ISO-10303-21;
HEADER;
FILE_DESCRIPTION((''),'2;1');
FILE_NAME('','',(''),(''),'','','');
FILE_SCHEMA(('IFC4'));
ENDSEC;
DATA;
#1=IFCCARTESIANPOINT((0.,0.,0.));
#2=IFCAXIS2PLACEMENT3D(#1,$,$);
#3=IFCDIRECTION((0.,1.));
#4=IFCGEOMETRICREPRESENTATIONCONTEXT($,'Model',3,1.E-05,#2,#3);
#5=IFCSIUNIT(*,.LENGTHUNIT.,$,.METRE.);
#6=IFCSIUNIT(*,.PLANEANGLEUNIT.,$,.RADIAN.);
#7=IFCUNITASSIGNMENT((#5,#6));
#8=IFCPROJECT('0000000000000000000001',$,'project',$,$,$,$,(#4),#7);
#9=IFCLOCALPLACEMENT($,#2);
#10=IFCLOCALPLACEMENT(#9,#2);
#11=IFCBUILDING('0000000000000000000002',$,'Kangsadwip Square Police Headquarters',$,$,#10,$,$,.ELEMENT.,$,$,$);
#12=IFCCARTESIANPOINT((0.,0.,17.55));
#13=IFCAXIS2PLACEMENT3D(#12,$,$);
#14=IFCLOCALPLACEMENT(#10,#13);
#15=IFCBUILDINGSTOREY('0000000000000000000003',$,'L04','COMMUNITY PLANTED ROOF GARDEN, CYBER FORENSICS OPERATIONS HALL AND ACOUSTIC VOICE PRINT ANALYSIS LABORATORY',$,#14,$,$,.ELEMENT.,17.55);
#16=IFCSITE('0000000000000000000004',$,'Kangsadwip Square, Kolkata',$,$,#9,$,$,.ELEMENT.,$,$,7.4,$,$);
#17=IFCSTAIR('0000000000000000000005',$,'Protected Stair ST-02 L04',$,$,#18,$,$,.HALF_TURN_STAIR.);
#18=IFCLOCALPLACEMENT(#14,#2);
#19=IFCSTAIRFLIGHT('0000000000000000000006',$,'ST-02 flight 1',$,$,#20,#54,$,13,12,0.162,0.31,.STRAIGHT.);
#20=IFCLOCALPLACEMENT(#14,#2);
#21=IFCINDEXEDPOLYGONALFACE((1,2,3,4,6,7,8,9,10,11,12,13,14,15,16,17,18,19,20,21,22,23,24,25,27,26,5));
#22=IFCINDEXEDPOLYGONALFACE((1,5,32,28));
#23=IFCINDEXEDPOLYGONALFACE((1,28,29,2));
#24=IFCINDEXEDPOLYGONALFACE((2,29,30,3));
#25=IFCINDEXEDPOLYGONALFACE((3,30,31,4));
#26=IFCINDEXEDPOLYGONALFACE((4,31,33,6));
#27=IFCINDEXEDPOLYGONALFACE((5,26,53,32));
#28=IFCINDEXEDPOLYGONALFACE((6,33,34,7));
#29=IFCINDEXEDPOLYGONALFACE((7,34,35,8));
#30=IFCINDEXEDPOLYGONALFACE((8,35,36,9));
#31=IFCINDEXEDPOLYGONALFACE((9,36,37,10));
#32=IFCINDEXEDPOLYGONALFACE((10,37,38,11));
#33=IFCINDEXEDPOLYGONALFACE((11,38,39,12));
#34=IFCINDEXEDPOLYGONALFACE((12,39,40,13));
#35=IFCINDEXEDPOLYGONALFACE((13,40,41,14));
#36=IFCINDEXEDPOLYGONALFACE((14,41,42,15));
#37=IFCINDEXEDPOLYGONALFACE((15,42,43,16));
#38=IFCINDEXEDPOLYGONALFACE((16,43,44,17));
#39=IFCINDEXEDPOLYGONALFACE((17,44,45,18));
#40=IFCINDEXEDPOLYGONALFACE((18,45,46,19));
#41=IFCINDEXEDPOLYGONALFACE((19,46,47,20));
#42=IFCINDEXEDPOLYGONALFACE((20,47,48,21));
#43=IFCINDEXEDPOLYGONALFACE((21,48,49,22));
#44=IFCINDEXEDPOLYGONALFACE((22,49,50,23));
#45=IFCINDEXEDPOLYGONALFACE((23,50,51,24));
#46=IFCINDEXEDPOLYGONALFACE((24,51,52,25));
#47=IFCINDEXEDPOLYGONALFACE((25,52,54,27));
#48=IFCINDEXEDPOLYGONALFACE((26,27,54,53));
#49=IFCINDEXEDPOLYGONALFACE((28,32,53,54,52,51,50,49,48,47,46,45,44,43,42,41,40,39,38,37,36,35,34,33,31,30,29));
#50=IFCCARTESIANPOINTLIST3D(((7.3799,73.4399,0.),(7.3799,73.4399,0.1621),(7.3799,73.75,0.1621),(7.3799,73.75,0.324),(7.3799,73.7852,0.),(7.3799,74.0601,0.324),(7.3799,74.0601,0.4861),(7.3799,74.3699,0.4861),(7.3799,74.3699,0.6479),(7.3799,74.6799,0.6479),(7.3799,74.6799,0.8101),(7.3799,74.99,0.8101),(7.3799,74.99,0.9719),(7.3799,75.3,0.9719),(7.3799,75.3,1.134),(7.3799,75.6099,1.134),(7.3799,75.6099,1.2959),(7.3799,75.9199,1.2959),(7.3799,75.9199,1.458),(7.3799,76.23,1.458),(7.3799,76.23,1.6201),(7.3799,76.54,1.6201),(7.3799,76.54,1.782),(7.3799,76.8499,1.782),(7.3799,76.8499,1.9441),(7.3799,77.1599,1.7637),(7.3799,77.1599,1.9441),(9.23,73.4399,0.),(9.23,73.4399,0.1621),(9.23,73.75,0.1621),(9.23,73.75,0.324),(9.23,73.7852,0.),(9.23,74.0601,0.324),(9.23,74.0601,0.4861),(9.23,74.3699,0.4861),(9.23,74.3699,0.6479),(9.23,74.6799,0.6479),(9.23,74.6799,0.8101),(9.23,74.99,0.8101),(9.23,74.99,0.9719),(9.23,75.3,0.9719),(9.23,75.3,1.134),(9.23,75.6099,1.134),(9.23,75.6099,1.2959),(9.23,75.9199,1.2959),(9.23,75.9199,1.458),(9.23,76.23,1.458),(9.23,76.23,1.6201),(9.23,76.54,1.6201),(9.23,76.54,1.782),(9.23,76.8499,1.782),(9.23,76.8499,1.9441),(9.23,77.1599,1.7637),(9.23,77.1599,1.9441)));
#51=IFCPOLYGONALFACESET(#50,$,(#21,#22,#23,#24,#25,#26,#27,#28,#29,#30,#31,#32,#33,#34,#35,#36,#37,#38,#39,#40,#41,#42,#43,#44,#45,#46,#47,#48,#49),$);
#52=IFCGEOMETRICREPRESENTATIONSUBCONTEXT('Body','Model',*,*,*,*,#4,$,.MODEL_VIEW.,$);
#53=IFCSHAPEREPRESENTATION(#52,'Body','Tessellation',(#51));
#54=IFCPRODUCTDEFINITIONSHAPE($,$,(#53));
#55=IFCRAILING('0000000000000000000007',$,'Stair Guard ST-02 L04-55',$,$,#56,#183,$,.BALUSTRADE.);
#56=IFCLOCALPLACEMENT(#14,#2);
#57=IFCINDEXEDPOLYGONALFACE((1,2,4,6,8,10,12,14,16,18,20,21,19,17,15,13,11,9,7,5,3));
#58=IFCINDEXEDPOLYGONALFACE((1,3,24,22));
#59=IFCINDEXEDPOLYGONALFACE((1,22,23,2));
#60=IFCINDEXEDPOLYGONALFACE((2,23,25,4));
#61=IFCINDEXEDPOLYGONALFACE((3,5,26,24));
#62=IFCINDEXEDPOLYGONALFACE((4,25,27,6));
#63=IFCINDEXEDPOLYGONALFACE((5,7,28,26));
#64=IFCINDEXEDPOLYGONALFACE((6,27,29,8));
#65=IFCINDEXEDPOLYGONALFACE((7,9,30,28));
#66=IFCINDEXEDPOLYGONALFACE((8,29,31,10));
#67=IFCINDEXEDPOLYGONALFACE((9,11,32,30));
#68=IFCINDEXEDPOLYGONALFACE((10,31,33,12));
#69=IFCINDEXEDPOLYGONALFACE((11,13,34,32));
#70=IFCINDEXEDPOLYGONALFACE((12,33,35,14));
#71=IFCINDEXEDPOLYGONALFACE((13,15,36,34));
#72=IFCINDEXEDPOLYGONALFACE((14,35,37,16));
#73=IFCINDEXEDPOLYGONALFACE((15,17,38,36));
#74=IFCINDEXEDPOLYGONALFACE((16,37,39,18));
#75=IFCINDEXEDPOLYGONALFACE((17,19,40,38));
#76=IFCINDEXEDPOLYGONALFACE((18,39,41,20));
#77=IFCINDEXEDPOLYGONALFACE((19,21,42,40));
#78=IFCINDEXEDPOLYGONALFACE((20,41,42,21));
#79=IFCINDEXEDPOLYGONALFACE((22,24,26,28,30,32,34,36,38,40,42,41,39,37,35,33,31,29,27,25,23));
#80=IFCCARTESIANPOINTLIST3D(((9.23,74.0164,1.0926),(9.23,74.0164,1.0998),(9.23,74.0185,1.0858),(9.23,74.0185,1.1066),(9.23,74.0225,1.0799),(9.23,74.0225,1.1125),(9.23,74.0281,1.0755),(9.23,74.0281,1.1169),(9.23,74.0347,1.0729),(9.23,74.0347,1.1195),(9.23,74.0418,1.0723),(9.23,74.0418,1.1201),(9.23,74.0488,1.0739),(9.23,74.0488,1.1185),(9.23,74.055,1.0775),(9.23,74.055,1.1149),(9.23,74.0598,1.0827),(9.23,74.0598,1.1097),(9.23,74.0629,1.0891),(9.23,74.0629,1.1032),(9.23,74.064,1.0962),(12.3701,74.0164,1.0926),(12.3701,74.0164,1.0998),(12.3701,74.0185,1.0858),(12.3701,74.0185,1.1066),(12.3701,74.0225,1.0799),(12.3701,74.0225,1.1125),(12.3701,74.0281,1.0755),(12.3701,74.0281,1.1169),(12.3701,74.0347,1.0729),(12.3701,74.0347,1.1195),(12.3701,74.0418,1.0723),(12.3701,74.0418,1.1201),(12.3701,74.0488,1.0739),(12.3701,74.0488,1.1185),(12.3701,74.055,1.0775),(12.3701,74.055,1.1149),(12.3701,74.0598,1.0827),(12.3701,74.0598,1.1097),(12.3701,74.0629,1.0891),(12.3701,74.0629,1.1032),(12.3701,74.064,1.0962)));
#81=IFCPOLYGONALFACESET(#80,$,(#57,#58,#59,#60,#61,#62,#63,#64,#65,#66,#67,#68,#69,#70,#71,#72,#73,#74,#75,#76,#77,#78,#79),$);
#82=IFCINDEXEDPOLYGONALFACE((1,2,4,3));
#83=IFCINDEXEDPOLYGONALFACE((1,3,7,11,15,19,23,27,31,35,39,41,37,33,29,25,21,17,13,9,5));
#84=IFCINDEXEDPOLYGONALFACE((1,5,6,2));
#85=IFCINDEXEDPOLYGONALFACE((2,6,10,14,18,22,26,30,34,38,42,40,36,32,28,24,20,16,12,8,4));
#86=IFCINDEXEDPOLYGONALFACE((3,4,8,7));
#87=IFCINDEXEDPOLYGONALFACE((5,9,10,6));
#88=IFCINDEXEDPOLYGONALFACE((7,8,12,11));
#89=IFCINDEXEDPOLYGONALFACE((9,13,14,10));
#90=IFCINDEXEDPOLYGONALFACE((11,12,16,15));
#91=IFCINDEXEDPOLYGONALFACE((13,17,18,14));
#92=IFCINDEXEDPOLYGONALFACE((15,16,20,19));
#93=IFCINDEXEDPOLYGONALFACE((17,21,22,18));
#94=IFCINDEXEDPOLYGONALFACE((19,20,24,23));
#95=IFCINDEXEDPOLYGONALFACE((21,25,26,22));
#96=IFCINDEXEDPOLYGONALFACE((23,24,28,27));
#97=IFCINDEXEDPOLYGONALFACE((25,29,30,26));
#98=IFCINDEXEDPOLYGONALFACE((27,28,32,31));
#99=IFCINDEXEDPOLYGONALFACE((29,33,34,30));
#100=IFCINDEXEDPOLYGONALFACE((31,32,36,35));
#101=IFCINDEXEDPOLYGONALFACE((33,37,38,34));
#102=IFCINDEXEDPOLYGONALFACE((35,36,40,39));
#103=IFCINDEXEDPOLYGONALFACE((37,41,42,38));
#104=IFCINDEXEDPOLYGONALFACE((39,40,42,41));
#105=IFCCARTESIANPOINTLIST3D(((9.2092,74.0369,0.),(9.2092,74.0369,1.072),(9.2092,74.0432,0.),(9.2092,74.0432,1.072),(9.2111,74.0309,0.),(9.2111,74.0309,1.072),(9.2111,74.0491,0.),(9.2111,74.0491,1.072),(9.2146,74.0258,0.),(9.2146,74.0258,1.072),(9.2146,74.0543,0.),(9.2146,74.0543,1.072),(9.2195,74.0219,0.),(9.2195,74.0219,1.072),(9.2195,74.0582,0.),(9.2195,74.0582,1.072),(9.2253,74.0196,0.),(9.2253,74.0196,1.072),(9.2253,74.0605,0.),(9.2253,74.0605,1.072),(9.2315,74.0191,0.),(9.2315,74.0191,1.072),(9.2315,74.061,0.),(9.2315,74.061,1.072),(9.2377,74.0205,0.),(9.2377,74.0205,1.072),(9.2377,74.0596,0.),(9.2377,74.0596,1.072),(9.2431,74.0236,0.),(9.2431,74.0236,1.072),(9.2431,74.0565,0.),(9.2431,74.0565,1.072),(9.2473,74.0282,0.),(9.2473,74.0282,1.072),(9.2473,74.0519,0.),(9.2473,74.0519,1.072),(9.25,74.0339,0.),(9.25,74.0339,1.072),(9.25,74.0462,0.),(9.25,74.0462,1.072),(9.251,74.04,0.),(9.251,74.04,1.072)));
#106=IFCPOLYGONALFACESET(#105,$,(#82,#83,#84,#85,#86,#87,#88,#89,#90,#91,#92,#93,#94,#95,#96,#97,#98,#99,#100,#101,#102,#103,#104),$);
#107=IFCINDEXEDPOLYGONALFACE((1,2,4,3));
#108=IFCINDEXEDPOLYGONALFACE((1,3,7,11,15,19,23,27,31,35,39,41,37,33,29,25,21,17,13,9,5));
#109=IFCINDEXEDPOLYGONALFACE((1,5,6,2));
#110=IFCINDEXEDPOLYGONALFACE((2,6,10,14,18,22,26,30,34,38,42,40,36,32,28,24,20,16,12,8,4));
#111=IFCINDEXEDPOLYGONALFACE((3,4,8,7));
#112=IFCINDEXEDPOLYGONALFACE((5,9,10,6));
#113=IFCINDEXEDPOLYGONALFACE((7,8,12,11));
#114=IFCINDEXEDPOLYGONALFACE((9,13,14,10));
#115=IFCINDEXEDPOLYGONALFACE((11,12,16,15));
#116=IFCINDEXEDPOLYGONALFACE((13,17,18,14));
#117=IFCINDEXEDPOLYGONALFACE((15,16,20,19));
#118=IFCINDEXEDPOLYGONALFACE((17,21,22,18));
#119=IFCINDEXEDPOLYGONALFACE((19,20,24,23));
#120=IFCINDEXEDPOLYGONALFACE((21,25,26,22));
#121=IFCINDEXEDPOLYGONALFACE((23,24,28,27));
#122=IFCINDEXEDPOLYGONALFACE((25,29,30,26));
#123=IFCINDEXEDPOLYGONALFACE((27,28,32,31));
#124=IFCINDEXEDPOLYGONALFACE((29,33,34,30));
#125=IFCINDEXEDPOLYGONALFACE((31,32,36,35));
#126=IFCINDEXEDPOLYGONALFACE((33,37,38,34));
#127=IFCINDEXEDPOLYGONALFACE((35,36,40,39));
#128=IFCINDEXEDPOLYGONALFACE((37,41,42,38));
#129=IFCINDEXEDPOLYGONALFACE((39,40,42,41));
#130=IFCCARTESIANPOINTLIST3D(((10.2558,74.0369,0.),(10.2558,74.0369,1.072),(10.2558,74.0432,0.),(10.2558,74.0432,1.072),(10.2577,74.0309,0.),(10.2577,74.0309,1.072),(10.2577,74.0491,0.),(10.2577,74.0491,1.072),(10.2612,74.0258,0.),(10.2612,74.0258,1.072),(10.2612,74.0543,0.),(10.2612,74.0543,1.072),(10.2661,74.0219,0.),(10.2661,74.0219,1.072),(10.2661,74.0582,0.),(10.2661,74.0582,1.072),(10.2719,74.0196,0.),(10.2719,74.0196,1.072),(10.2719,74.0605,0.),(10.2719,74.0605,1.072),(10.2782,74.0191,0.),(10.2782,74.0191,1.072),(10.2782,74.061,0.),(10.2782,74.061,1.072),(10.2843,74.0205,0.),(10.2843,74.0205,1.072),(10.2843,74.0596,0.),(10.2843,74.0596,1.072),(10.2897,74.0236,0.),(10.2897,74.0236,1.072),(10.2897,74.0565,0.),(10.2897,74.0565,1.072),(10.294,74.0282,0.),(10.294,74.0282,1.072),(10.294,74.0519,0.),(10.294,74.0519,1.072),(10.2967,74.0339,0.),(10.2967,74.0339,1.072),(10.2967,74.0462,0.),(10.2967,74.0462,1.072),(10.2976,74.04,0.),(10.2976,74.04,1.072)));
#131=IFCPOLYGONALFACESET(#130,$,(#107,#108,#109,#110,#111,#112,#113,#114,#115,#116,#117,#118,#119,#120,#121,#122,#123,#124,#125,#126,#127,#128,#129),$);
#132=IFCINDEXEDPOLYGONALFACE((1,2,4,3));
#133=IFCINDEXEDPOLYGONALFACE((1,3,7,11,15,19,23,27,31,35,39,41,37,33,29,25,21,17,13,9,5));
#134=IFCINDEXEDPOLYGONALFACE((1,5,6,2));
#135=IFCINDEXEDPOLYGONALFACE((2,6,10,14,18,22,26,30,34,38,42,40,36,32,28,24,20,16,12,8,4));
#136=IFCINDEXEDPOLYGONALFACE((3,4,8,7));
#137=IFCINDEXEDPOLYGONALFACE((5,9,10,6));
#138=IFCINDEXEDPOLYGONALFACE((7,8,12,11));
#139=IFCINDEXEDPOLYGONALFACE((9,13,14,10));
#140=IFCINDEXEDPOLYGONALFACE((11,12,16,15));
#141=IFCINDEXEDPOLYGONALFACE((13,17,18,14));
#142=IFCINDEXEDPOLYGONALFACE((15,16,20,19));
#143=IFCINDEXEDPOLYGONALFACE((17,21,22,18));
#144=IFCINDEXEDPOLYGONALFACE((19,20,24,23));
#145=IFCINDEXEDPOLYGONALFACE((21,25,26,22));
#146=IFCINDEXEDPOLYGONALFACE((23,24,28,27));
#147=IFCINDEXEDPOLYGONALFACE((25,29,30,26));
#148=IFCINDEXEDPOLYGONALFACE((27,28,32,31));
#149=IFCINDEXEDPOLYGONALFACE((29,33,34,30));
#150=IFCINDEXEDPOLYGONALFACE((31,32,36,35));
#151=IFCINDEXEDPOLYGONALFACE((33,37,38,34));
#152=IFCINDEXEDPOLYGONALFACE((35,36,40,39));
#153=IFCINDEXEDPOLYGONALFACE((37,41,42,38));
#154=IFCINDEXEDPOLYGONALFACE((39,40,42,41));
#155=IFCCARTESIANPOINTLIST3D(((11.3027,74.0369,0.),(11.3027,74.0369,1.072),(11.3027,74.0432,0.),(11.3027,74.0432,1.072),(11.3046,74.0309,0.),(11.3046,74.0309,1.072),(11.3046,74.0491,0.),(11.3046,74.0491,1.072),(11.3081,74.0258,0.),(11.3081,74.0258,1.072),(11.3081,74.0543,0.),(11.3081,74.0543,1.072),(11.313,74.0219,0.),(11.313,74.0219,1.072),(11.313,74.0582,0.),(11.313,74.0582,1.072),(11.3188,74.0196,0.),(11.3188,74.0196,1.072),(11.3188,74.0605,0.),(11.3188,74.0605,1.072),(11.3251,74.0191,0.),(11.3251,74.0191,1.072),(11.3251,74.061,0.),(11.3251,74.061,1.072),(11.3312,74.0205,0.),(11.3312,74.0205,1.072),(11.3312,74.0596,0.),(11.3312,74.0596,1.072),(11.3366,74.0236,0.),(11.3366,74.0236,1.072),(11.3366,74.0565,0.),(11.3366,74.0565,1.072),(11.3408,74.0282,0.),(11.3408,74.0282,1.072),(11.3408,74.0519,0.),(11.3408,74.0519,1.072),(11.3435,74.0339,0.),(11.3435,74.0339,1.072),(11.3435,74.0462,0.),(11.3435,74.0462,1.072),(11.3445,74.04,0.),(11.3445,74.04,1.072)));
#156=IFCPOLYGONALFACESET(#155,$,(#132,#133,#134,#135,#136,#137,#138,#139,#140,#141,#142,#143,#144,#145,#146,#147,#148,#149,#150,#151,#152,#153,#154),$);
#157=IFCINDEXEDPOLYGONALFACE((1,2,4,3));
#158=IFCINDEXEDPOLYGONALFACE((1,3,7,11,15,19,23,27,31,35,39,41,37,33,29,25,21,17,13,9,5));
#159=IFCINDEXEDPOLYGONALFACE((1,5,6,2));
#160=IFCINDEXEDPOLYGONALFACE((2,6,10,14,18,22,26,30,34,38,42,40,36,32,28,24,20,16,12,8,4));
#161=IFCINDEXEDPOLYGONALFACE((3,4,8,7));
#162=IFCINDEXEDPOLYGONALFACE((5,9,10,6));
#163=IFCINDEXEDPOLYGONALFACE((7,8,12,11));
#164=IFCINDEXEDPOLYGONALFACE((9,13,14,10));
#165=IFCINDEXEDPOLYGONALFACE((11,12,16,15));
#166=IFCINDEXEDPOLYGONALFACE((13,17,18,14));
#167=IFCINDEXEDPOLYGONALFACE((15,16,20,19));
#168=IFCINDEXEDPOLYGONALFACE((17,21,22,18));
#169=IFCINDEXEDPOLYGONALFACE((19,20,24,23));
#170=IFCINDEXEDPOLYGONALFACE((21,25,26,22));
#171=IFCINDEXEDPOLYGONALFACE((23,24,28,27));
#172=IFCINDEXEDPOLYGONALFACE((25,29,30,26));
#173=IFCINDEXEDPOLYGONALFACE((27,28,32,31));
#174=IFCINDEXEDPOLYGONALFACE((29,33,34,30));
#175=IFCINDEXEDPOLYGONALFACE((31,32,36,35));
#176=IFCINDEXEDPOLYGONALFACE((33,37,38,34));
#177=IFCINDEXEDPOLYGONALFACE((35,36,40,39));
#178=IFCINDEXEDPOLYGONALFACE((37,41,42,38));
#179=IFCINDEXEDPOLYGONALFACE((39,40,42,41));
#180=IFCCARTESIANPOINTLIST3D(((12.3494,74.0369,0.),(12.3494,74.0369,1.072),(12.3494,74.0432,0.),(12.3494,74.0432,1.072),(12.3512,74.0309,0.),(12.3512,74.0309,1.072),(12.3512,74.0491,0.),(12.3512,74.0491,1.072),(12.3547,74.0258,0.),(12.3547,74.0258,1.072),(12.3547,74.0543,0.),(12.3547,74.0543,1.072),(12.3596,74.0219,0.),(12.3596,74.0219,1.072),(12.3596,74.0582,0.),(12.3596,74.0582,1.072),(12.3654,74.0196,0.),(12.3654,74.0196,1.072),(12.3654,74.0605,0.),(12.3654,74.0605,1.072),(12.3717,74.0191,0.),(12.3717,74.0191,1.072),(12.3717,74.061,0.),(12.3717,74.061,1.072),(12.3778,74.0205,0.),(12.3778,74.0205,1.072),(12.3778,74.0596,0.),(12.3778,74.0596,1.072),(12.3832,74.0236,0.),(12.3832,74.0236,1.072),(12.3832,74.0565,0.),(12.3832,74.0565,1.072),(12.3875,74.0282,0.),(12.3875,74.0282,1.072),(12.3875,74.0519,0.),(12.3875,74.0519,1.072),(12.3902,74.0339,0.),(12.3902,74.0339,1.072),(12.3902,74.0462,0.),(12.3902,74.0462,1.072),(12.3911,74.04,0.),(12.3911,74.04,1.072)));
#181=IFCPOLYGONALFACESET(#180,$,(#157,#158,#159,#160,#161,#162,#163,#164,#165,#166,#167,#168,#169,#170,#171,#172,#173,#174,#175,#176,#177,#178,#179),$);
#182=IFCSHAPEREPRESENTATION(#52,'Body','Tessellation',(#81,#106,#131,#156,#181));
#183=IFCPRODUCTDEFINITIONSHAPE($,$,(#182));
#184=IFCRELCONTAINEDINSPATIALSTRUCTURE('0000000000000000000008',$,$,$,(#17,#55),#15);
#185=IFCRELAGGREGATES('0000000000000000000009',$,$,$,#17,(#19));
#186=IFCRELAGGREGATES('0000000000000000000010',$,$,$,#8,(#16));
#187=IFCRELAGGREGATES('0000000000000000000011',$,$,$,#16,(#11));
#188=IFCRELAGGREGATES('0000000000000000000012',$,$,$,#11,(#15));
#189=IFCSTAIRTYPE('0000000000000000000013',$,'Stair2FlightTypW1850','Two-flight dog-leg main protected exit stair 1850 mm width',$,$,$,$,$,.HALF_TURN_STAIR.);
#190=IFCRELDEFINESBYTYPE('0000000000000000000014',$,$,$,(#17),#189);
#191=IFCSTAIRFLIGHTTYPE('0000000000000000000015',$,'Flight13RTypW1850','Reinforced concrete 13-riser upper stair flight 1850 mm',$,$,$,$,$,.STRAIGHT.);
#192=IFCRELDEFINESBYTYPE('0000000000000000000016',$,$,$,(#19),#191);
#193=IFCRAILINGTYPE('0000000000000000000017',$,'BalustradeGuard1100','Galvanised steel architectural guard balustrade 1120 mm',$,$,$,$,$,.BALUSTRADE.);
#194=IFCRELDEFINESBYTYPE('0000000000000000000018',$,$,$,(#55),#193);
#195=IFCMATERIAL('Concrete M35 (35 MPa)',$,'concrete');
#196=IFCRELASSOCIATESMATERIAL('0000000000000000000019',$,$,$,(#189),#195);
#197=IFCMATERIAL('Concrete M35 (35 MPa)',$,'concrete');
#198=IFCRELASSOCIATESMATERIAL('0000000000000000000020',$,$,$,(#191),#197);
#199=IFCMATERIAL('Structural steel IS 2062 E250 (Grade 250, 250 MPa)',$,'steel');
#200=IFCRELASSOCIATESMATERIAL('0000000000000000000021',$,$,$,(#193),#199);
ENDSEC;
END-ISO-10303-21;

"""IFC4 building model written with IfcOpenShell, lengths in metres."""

from ifc_helpers import new_model, si_unit, direction, frame, origin, origin_2d, place, context, subcontext, project, spatial, polyline, circle, outline, extrude, material, type_object, element, aggregate, save


model = new_model("IFC4")

# Units and contexts
model_context = context("Model", 3, precision=1e-05, world=origin(), true_north=direction((0.0, 1.0)))
body_context = subcontext(model_context, "Body", "Model", "MODEL_VIEW")
ifc_project = project(units=[si_unit("LENGTHUNIT", "METRE"), si_unit("PLANEANGLEUNIT", "RADIAN")], contexts=[model_context])

# Site, building, storey
site_placement = place(None, origin())
site = spatial("IfcSite", under=ifc_project, at=site_placement, Name="Kangsadwip Square, Kolkata", CompositionType="ELEMENT", RefElevation=7.4)
building_placement = place(site_placement, origin())
building = spatial("IfcBuilding", under=site, at=building_placement, Name="Kangsadwip Square Police Headquarters", CompositionType="ELEMENT")
storey_placement = place(building_placement, frame((0.0, 0.0, 17.55)))
storey = spatial("IfcBuildingStorey", under=building, at=storey_placement, Name="L04", Description="COMMUNITY PLANTED ROOF GARDEN, CYBER FORENSICS OPERATIONS HALL AND ACOUSTIC VOICE PRINT ANALYSIS LABORATORY", CompositionType="ELEMENT", Elevation=17.55)

# Stair, stair flight
ifc_material_1 = material(Name="Concrete M35 (35 MPa)", Category="concrete")
stair_type = type_object("IfcStairType", Name="Stair2FlightTypW1850", Description="Two-flight dog-leg main protected exit stair 1850 mm width", PredefinedType="HALF_TURN_STAIR", material=ifc_material_1)
stair_placement = place(storey_placement, origin())
stair = element("IfcStair", 1, at=stair_placement, inside=storey, type_object=stair_type, Name="Protected Stair ST-02 L04", PredefinedType="HALF_TURN_STAIR")
ifc_material_2 = material(Name="Concrete M35 (35 MPa)", Category="concrete")
stair_flight_type_1 = type_object("IfcStairFlightType", Name="Flight13RTypW1850", Description="Reinforced concrete 13-riser upper stair flight 1850 mm", PredefinedType="STRAIGHT", material=ifc_material_2)
stair_flight_1_placement = place(storey_placement, frame((8.3049, 73.4399, 0.0), z_axis=(0.0, 0.0, 1.0), x_axis=(0.0, 1.0, 0.0)))
stair_flight_1 = element("IfcStairFlight", 2, at=stair_flight_1_placement, type_object=stair_flight_type_1, Name="ST-02 flight 1", NumberOfRisers=13, NumberOfTreads=12, PredefinedType="STRAIGHT", RiserHeight=0.162, TreadLength=0.31, context=body_context, shape_type="SweptSolid", body=[
    extrude(outline(polyline([(0.0, 0.0), (0.0, 0.1621), (0.3101, 0.1621), (0.3101, 0.324), (0.6201, 0.324), (0.6201, 0.4861), (0.9299, 0.4861), (0.9299, 0.6479), (1.24, 0.6479), (1.24, 0.8101), (1.55, 0.8101), (1.55, 0.9719), (1.8601, 0.9719), (1.8601, 1.134), (2.1699, 1.134), (2.1699, 1.2959), (2.48, 1.2959), (2.48, 1.458), (2.79, 1.458), (2.79, 1.6201), (3.1001, 1.6201), (3.1001, 1.782), (3.4099, 1.782), (3.4099, 1.9441), (3.72, 1.9441), (3.72, 2.106), (3.72, 1.7637), (0.3452, 0.0), (0.0, 0.0)])), frame((0.0, 0.925, 0.0), z_axis=(0.0, -1.0, 0.0), x_axis=(1.0, 0.0, 0.0)), (0.0, 0.0, 1.0), 1.8501),
])
aggregate(stair, [stair_flight_1])

# Railing
ifc_material_3 = material(Name="Structural steel IS 2062 E250 (Grade 250, 250 MPa)", Category="steel")
railing_type_1 = type_object("IfcRailingType", Name="BalustradeGuard1100", Description="Galvanised steel architectural guard balustrade 1120 mm", PredefinedType="BALUSTRADE", material=ifc_material_3)
for number, where, name in (
    (3, (9.23, 74.04, 0.0), "Stair Guard ST-02 L04-55"),
):
    element("IfcRailing", number, at=place(storey_placement, frame(where)), inside=storey, type_object=railing_type_1, Name=name, PredefinedType="BALUSTRADE", context=body_context, shape_type="SweptSolid", body=[
        extrude(circle(Radius=0.0239, at=origin_2d()), frame((0.0, 0.0, 1.0962), z_axis=(1.0, 0.0, 0.0), x_axis=(0.0, 1.0, 0.0)), (0.0, 0.0, 1.0), 3.1401),
        extrude(circle(Radius=0.021, at=origin_2d()), origin(), (0.0, 0.0, 1.0), 1.072),
        extrude(circle(Radius=0.021, at=origin_2d()), frame((1.0466, 0.0, 0.0)), (0.0, 0.0, 1.0), 1.072),
        extrude(circle(Radius=0.021, at=origin_2d()), frame((2.0935, 0.0, 0.0)), (0.0, 0.0, 1.0), 1.072),
        extrude(circle(Radius=0.021, at=origin_2d()), frame((3.1401, 0.0, 0.0)), (0.0, 0.0, 1.0), 1.072),
    ])

save(model, "model.ifc")
